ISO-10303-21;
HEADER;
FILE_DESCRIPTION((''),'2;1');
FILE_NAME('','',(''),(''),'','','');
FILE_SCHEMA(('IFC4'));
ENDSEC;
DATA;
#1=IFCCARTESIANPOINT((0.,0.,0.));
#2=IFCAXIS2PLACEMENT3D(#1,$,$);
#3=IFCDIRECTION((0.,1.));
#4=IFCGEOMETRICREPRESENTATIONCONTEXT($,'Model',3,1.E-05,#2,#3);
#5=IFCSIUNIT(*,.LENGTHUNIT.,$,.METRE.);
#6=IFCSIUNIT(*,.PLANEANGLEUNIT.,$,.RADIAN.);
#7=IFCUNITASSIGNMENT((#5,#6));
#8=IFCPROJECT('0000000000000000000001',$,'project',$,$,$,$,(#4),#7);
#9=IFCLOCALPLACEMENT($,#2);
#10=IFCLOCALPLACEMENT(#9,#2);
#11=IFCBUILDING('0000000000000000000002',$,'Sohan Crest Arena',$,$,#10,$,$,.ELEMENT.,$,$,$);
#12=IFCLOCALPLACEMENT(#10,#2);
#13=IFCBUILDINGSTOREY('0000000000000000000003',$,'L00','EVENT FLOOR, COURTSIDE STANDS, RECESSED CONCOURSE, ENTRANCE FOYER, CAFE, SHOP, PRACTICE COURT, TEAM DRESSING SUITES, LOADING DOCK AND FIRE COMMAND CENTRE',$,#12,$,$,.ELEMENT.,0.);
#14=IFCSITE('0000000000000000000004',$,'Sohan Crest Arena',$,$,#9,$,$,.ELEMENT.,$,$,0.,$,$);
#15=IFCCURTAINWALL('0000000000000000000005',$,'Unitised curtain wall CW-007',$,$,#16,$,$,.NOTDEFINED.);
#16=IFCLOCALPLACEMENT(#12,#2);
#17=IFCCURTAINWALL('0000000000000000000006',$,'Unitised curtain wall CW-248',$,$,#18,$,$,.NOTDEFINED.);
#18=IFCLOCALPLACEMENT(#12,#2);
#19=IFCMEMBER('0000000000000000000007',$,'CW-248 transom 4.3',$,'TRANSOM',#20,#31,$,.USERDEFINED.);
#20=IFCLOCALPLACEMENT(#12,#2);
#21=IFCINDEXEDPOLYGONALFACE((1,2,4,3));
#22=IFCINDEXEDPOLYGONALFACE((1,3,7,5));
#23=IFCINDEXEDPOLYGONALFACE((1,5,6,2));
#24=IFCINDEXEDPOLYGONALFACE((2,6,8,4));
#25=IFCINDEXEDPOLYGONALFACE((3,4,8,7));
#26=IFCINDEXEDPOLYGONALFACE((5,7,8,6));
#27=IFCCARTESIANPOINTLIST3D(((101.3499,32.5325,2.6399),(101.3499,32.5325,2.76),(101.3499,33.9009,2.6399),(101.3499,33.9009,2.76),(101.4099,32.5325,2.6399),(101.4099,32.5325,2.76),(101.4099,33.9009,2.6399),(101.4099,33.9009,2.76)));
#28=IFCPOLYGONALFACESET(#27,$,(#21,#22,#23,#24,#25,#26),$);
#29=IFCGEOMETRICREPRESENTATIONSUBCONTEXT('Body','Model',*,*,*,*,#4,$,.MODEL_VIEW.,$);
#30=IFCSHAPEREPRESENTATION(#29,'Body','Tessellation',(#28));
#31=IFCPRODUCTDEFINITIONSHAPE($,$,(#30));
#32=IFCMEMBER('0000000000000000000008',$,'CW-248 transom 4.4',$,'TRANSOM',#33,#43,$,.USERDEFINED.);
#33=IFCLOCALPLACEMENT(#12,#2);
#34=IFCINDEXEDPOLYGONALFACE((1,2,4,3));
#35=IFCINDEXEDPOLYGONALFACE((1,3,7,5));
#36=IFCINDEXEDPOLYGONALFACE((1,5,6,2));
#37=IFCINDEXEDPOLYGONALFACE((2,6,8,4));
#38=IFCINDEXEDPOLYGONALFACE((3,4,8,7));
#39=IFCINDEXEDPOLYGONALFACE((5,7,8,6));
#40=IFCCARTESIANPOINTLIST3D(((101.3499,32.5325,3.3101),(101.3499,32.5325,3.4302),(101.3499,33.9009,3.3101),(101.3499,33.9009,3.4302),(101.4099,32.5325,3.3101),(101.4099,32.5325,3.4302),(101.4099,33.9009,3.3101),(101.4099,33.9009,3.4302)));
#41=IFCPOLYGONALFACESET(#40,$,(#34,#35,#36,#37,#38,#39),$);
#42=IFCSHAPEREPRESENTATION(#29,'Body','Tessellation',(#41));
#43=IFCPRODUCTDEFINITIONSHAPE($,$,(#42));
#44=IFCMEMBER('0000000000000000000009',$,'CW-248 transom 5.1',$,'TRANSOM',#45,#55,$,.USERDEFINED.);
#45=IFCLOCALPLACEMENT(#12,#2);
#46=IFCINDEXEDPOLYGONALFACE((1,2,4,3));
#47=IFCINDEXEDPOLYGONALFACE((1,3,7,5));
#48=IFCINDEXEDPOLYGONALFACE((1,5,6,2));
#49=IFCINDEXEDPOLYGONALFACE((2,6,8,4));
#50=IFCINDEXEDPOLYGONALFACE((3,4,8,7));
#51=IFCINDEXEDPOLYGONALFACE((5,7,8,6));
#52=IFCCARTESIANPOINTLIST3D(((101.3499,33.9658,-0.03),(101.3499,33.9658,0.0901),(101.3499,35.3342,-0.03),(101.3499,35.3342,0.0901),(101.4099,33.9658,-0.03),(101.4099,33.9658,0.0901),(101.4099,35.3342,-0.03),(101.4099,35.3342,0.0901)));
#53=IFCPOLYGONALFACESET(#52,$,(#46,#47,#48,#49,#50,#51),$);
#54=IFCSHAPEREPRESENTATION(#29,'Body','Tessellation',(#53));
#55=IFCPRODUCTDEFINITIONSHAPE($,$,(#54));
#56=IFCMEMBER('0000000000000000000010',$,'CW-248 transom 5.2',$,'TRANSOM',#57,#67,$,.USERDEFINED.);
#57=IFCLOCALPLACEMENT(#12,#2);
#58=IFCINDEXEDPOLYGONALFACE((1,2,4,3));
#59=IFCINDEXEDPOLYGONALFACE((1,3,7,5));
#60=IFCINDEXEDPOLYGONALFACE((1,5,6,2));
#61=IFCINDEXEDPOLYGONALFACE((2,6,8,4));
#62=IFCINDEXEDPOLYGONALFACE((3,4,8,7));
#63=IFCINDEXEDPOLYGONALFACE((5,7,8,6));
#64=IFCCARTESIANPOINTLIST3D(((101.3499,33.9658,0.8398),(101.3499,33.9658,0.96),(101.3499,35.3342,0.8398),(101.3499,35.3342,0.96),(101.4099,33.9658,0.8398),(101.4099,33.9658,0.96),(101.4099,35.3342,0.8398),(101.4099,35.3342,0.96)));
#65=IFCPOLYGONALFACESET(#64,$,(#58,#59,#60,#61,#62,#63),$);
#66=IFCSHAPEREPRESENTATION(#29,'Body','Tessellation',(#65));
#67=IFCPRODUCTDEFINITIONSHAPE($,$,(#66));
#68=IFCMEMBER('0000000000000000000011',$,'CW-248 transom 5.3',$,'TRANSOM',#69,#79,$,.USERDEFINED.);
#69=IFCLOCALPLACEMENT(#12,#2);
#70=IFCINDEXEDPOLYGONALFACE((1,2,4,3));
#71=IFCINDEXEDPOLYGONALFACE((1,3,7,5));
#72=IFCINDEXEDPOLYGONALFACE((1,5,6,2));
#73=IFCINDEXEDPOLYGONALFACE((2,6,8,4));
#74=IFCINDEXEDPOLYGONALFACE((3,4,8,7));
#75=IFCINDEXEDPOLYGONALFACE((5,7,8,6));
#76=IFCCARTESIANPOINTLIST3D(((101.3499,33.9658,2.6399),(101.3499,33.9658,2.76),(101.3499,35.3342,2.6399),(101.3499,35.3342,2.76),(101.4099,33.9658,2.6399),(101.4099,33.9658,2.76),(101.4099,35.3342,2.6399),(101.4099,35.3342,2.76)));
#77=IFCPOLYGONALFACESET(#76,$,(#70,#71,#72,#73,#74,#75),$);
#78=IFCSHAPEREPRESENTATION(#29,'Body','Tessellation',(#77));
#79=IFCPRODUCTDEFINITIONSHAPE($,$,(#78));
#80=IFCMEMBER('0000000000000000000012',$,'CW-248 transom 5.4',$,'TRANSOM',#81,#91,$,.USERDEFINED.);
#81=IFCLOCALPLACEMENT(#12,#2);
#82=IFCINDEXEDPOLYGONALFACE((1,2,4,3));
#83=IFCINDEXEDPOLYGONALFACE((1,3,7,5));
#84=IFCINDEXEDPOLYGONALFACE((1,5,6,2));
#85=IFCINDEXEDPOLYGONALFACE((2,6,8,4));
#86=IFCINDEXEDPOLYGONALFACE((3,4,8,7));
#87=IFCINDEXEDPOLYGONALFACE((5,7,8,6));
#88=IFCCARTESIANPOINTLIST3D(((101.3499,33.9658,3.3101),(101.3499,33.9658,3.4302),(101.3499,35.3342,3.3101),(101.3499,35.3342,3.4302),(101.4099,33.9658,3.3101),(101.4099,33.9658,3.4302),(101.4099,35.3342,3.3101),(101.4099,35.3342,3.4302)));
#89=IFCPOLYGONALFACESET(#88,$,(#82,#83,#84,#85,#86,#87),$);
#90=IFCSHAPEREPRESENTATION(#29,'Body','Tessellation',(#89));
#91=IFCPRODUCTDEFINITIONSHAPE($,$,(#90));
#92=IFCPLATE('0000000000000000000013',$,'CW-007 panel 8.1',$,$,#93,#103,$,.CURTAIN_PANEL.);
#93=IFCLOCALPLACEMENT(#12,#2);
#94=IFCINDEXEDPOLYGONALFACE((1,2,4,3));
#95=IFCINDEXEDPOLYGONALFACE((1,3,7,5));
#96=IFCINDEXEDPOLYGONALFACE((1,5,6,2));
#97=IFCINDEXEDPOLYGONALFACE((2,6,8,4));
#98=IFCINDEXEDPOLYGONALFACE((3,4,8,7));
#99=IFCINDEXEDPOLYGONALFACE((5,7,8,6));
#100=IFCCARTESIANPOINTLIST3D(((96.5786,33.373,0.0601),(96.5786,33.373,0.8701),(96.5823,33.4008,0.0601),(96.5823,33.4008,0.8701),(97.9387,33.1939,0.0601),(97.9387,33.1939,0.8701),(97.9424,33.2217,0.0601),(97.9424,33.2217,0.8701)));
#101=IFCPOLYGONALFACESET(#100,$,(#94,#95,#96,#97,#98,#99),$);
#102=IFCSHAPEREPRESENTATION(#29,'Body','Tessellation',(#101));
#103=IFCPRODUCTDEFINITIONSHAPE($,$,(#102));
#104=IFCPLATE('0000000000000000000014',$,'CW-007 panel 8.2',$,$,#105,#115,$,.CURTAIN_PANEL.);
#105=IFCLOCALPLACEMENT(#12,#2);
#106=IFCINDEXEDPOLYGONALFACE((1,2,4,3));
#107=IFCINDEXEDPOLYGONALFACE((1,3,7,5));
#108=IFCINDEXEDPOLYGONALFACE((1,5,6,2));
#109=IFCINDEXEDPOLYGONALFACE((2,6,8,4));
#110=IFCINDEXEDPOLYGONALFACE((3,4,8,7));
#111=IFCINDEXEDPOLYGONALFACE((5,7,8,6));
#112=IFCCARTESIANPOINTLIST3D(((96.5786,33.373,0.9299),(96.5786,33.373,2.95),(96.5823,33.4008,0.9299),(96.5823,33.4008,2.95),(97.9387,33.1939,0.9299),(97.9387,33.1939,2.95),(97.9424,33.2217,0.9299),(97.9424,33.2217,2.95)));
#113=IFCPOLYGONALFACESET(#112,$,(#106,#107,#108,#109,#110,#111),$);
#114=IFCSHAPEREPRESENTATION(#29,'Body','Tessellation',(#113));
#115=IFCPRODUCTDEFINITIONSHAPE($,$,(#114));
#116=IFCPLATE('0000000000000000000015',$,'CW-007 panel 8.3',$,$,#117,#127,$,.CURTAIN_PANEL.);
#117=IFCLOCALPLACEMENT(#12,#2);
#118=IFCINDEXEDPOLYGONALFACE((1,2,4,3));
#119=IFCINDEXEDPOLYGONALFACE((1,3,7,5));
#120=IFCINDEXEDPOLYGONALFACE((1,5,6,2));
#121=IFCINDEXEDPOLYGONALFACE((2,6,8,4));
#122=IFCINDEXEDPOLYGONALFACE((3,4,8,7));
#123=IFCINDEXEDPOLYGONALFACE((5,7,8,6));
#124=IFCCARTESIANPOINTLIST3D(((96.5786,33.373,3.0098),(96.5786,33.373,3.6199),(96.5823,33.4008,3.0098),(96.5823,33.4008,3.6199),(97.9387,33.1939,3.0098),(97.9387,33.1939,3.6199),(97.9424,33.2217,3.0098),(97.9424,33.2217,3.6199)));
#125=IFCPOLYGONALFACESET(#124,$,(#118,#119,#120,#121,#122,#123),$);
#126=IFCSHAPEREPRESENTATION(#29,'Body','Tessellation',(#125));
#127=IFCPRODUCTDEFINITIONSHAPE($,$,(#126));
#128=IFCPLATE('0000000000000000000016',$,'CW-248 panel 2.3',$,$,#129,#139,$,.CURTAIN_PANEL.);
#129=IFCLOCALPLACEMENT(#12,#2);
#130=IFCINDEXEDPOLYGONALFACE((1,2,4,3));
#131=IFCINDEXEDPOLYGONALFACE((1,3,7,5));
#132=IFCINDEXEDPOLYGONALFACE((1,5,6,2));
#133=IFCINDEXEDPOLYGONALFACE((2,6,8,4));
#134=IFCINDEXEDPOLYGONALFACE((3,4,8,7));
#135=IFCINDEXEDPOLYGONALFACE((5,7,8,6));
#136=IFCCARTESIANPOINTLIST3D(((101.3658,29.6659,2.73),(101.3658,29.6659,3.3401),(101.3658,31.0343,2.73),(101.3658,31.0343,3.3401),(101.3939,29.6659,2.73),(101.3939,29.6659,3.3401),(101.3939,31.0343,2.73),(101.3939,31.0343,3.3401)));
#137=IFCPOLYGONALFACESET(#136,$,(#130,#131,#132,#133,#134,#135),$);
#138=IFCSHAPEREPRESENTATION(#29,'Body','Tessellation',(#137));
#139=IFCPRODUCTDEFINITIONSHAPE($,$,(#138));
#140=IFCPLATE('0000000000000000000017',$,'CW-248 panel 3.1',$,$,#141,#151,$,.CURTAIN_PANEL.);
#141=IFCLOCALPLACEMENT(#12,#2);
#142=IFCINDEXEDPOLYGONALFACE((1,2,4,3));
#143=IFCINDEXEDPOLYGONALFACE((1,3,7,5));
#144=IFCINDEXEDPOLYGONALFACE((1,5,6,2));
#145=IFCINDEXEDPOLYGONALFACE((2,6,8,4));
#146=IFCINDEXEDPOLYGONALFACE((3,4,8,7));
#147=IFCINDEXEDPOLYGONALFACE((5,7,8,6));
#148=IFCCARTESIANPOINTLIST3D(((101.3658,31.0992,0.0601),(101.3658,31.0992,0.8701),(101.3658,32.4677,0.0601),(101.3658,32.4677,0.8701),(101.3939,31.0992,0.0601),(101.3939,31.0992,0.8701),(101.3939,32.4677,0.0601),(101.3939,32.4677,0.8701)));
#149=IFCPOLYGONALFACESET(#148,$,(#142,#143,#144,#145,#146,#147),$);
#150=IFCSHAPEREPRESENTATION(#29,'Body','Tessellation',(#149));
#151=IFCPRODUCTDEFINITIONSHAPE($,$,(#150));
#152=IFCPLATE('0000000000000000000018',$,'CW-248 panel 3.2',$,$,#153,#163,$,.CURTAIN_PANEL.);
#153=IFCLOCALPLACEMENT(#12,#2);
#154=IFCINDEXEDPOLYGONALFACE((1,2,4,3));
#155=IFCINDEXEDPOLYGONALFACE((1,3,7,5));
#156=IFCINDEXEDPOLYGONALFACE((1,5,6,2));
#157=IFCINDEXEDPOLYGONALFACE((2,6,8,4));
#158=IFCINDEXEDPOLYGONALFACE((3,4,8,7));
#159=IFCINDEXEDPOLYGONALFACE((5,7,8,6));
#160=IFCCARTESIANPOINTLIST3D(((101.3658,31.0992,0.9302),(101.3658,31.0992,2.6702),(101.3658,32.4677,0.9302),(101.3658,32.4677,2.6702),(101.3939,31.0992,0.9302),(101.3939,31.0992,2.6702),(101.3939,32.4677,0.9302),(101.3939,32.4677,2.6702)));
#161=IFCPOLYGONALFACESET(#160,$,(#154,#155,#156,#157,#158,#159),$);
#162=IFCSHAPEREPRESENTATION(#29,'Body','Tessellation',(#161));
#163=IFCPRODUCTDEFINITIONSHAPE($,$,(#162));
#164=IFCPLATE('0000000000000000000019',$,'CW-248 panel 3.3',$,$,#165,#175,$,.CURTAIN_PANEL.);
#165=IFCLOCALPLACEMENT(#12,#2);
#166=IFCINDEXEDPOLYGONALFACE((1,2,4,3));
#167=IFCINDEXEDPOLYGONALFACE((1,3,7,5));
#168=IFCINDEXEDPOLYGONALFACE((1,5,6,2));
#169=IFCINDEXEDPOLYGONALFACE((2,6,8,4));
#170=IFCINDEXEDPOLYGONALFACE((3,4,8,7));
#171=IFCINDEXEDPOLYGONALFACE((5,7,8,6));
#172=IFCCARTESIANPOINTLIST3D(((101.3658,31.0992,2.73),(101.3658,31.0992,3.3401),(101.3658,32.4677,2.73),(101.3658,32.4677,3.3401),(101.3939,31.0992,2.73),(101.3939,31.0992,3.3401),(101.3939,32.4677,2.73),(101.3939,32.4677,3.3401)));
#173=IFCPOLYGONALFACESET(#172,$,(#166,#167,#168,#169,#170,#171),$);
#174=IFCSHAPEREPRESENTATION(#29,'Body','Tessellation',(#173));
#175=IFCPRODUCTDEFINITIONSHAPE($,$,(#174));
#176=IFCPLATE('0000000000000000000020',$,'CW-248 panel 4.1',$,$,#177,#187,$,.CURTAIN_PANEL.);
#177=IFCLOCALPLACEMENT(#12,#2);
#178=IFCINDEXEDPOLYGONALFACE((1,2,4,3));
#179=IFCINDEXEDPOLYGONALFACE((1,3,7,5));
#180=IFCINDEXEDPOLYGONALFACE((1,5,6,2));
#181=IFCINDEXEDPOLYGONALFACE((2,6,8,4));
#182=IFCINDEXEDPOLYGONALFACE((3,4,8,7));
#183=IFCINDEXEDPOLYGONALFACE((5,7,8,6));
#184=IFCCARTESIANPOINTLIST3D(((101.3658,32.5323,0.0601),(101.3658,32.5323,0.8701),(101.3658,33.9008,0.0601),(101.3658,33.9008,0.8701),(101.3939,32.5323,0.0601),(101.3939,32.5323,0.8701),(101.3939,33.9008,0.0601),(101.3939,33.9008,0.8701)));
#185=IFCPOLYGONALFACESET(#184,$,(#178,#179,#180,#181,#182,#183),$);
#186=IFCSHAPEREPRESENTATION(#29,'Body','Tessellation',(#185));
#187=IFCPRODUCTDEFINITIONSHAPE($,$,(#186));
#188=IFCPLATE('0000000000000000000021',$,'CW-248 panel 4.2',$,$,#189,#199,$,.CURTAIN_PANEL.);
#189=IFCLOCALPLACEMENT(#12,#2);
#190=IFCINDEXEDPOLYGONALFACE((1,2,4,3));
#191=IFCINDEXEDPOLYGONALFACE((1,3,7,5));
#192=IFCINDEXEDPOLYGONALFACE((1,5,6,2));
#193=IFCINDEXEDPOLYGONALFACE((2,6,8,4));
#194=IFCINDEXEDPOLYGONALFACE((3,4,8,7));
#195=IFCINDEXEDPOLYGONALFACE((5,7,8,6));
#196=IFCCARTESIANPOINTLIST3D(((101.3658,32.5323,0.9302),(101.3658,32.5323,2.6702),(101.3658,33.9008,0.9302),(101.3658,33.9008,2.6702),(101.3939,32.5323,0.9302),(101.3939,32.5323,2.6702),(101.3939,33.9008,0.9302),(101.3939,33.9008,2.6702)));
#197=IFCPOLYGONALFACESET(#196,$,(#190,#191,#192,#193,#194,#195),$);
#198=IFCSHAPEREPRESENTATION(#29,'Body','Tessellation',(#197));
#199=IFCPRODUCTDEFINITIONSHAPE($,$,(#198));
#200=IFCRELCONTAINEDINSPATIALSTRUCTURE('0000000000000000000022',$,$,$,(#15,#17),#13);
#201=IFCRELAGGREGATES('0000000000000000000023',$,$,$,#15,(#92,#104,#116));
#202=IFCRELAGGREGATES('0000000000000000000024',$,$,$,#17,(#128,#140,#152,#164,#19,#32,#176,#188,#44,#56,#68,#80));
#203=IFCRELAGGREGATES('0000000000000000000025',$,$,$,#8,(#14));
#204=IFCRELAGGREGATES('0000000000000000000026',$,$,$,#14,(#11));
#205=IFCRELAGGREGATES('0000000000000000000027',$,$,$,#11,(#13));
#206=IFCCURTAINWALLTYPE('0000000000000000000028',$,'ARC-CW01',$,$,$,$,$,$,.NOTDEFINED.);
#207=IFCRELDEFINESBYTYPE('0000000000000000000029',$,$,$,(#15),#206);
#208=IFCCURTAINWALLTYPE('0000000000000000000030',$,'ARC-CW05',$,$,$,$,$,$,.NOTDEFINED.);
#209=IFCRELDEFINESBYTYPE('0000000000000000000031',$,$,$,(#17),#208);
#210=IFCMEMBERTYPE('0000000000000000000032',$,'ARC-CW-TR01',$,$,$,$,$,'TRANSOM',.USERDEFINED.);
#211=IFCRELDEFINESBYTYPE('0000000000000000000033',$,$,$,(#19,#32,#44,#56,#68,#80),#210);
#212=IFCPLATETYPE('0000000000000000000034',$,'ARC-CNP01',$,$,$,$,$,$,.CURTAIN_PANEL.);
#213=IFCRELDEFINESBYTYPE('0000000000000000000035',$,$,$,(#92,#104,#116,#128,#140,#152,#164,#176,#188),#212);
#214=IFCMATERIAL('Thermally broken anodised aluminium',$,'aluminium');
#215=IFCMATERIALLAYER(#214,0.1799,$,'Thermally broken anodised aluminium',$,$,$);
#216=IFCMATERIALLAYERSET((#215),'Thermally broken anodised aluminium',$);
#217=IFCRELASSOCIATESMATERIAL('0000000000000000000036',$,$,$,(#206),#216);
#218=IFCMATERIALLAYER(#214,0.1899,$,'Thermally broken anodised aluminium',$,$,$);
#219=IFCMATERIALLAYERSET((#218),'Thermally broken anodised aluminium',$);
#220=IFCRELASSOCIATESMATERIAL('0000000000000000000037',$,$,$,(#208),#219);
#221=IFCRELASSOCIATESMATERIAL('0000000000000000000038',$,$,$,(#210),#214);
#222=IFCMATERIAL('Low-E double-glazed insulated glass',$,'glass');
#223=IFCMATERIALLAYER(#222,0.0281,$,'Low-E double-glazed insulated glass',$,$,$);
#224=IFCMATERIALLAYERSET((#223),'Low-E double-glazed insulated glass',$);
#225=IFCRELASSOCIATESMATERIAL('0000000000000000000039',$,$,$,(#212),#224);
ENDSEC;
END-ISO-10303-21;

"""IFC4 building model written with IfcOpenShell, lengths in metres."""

from ifc_helpers import new_model, si_unit, direction, frame, origin, origin_2d, place, context, subcontext, project, spatial, rectangle, extrude, material, layer, layer_set, material_profile, profile_set, type_object, element, aggregate, save


model = new_model("IFC4")

# Units and contexts
model_context = context("Model", 3, precision=1e-05, world=origin(), true_north=direction((0.0, 1.0)))
body_context = subcontext(model_context, "Body", "Model", "MODEL_VIEW")
ifc_project = project(units=[si_unit("LENGTHUNIT", "METRE"), si_unit("PLANEANGLEUNIT", "RADIAN")], contexts=[model_context])

# Site, building, storey
site_placement = place(None, origin())
site = spatial("IfcSite", under=ifc_project, at=site_placement, Name="Sohan Crest Arena", CompositionType="ELEMENT", RefElevation=0.0)
building_placement = place(site_placement, origin())
building = spatial("IfcBuilding", under=site, at=building_placement, Name="Sohan Crest Arena", CompositionType="ELEMENT")
storey_placement = place(building_placement, origin())
storey = spatial("IfcBuildingStorey", under=building, at=storey_placement, Name="L00", Description="EVENT FLOOR, COURTSIDE STANDS, RECESSED CONCOURSE, ENTRANCE FOYER, CAFE, SHOP, PRACTICE COURT, TEAM DRESSING SUITES, LOADING DOCK AND FIRE COMMAND CENTRE", CompositionType="ELEMENT", Elevation=0.0)

# Curtain wall
ifc_material_1 = material(Name="Thermally broken anodised aluminium", Category="aluminium")
ifc_layer_1 = layer(ifc_material_1, 0.1799, Name="Thermally broken anodised aluminium")
ifc_layer_set_1 = layer_set([ifc_layer_1], Name="Thermally broken anodised aluminium")
curtain_wall_type_1 = type_object("IfcCurtainWallType", Name="ARC-CW01", PredefinedType="NOTDEFINED", material=ifc_layer_set_1)
curtain_wall_1_placement = place(storey_placement, origin())
curtain_wall_1 = element("IfcCurtainWall", 1, at=curtain_wall_1_placement, inside=storey, type_object=curtain_wall_type_1, Name="Unitised curtain wall CW-007", PredefinedType="NOTDEFINED")

# Curtain wall
ifc_layer_2 = layer(ifc_material_1, 0.1899, Name="Thermally broken anodised aluminium")
ifc_layer_set_2 = layer_set([ifc_layer_2], Name="Thermally broken anodised aluminium")
curtain_wall_type_2 = type_object("IfcCurtainWallType", Name="ARC-CW05", PredefinedType="NOTDEFINED", material=ifc_layer_set_2)
curtain_wall_2_placement = place(storey_placement, origin())
curtain_wall_2 = element("IfcCurtainWall", 2, at=curtain_wall_2_placement, inside=storey, type_object=curtain_wall_type_2, Name="Unitised curtain wall CW-248", PredefinedType="NOTDEFINED")

# Members
ifc_material_profile_1 = material_profile(ifc_material_1, rectangle(XDim=0.0601, YDim=0.1201, at=origin_2d()), Name="ALU-TRAN 60x120")
ifc_profile_set_1 = profile_set([ifc_material_profile_1], Name="Thermally broken anodised aluminium")
member_type_1 = type_object("IfcMemberType", Name="ARC-CW-TR01", ElementType="TRANSOM", PredefinedType="USERDEFINED", material=ifc_profile_set_1)
member_1_placement = place(storey_placement, frame((101.3799, 32.5325, 2.7), z_axis=(0.0, 1.0, 0.0), x_axis=(-1.0, 0.0, 0.0)))
member_1 = element("IfcMember", 3, at=member_1_placement, type_object=member_type_1, Name="CW-248 transom 4.3", ObjectType="TRANSOM", PredefinedType="USERDEFINED", context=body_context, shape_type="SweptSolid", body=[
    extrude(rectangle(XDim=0.0601, YDim=0.1201, at=origin_2d()), origin(), (0.0, 0.0, 1.0), 1.3684),
])
member_2_placement = place(storey_placement, frame((101.3799, 32.5325, 3.3701), z_axis=(0.0, 1.0, 0.0), x_axis=(-1.0, 0.0, 0.0)))
member_2 = element("IfcMember", 4, at=member_2_placement, type_object=member_type_1, Name="CW-248 transom 4.4", ObjectType="TRANSOM", PredefinedType="USERDEFINED", context=body_context, shape_type="SweptSolid", body=[
    extrude(rectangle(XDim=0.0601, YDim=0.1201, at=origin_2d()), origin(), (0.0, 0.0, 1.0), 1.3684),
])
member_3_placement = place(storey_placement, frame((101.3799, 33.9658, 0.03), z_axis=(0.0, 1.0, 0.0), x_axis=(-1.0, 0.0, 0.0)))
member_3 = element("IfcMember", 5, at=member_3_placement, type_object=member_type_1, Name="CW-248 transom 5.1", ObjectType="TRANSOM", PredefinedType="USERDEFINED", context=body_context, shape_type="SweptSolid", body=[
    extrude(rectangle(XDim=0.0601, YDim=0.1201, at=origin_2d()), origin(), (0.0, 0.0, 1.0), 1.3684),
])
member_4_placement = place(storey_placement, frame((101.3799, 33.9658, 0.8999), z_axis=(0.0, 1.0, 0.0), x_axis=(-1.0, 0.0, 0.0)))
member_4 = element("IfcMember", 6, at=member_4_placement, type_object=member_type_1, Name="CW-248 transom 5.2", ObjectType="TRANSOM", PredefinedType="USERDEFINED", context=body_context, shape_type="SweptSolid", body=[
    extrude(rectangle(XDim=0.0601, YDim=0.1201, at=origin_2d()), origin(), (0.0, 0.0, 1.0), 1.3684),
])
member_5_placement = place(storey_placement, frame((101.3799, 33.9658, 2.7), z_axis=(0.0, 1.0, 0.0), x_axis=(-1.0, 0.0, 0.0)))
member_5 = element("IfcMember", 7, at=member_5_placement, type_object=member_type_1, Name="CW-248 transom 5.3", ObjectType="TRANSOM", PredefinedType="USERDEFINED", context=body_context, shape_type="SweptSolid", body=[
    extrude(rectangle(XDim=0.0601, YDim=0.1201, at=origin_2d()), origin(), (0.0, 0.0, 1.0), 1.3684),
])
member_6_placement = place(storey_placement, frame((101.3799, 33.9658, 3.3701), z_axis=(0.0, 1.0, 0.0), x_axis=(-1.0, 0.0, 0.0)))
member_6 = element("IfcMember", 8, at=member_6_placement, type_object=member_type_1, Name="CW-248 transom 5.4", ObjectType="TRANSOM", PredefinedType="USERDEFINED", context=body_context, shape_type="SweptSolid", body=[
    extrude(rectangle(XDim=0.0601, YDim=0.1201, at=origin_2d()), origin(), (0.0, 0.0, 1.0), 1.3684),
])

# Plates
ifc_material_2 = material(Name="Low-E double-glazed insulated glass", Category="glass")
ifc_layer_3 = layer(ifc_material_2, 0.0281, Name="Low-E double-glazed insulated glass")
ifc_layer_set_3 = layer_set([ifc_layer_3], Name="Low-E double-glazed insulated glass")
plate_type = type_object("IfcPlateType", Name="ARC-CNP01", PredefinedType="CURTAIN_PANEL", material=ifc_layer_set_3)
plate_1_placement = place(storey_placement, frame((97.2605, 33.2974, 0.0601), z_axis=(0.0, 0.0, 1.0), x_axis=(0.991439, -0.130567, 0.0)))
plate_1 = element("IfcPlate", 9, at=plate_1_placement, type_object=plate_type, Name="CW-007 panel 8.1", PredefinedType="CURTAIN_PANEL", context=body_context, shape_type="SweptSolid", body=[
    extrude(rectangle(XDim=1.3718, YDim=0.0281, at=origin_2d()), origin(), (0.0, 0.0, 1.0), 0.8101),
])
plate_2_placement = place(storey_placement, frame((97.2605, 33.2974, 0.9299), z_axis=(0.0, 0.0, 1.0), x_axis=(0.991439, -0.130567, 0.0)))
plate_2 = element("IfcPlate", 10, at=plate_2_placement, type_object=plate_type, Name="CW-007 panel 8.2", PredefinedType="CURTAIN_PANEL", context=body_context, shape_type="SweptSolid", body=[
    extrude(rectangle(XDim=1.3718, YDim=0.0281, at=origin_2d()), origin(), (0.0, 0.0, 1.0), 2.02),
])
plate_3_placement = place(storey_placement, frame((97.2605, 33.2974, 3.0098), z_axis=(0.0, 0.0, 1.0), x_axis=(0.991439, -0.130567, 0.0)))
plate_3 = element("IfcPlate", 11, at=plate_3_placement, type_object=plate_type, Name="CW-007 panel 8.3", PredefinedType="CURTAIN_PANEL", context=body_context, shape_type="SweptSolid", body=[
    extrude(rectangle(XDim=1.3718, YDim=0.0281, at=origin_2d()), origin(), (0.0, 0.0, 1.0), 0.6101),
])
aggregate(curtain_wall_1, [plate_1, plate_2, plate_3])
plate_4_placement = place(storey_placement, frame((101.3799, 30.3501, 2.73), z_axis=(0.0, 0.0, 1.0), x_axis=(0.0, 1.0, 0.0)))
plate_4 = element("IfcPlate", 12, at=plate_4_placement, type_object=plate_type, Name="CW-248 panel 2.3", PredefinedType="CURTAIN_PANEL", context=body_context, shape_type="SweptSolid", body=[
    extrude(rectangle(XDim=1.3684, YDim=0.0281, at=origin_2d()), origin(), (0.0, 0.0, 1.0), 0.6101),
])
plate_5_placement = place(storey_placement, frame((101.3799, 31.7834, 0.0601), z_axis=(0.0, 0.0, 1.0), x_axis=(0.0, 1.0, 0.0)))
plate_5 = element("IfcPlate", 13, at=plate_5_placement, type_object=plate_type, Name="CW-248 panel 3.1", PredefinedType="CURTAIN_PANEL", context=body_context, shape_type="SweptSolid", body=[
    extrude(rectangle(XDim=1.3684, YDim=0.0281, at=origin_2d()), origin(), (0.0, 0.0, 1.0), 0.8101),
])
plate_6_placement = place(storey_placement, frame((101.3799, 31.7834, 0.9302), z_axis=(0.0, 0.0, 1.0), x_axis=(0.0, 1.0, 0.0)))
plate_6 = element("IfcPlate", 14, at=plate_6_placement, type_object=plate_type, Name="CW-248 panel 3.2", PredefinedType="CURTAIN_PANEL", context=body_context, shape_type="SweptSolid", body=[
    extrude(rectangle(XDim=1.3684, YDim=0.0281, at=origin_2d()), origin(), (0.0, 0.0, 1.0), 1.74),
])
plate_7_placement = place(storey_placement, frame((101.3799, 31.7834, 2.73), z_axis=(0.0, 0.0, 1.0), x_axis=(0.0, 1.0, 0.0)))
plate_7 = element("IfcPlate", 15, at=plate_7_placement, type_object=plate_type, Name="CW-248 panel 3.3", PredefinedType="CURTAIN_PANEL", context=body_context, shape_type="SweptSolid", body=[
    extrude(rectangle(XDim=1.3684, YDim=0.0281, at=origin_2d()), origin(), (0.0, 0.0, 1.0), 0.6101),
])
plate_8_placement = place(storey_placement, frame((101.3799, 33.2166, 0.0601), z_axis=(0.0, 0.0, 1.0), x_axis=(0.0, 1.0, 0.0)))
plate_8 = element("IfcPlate", 16, at=plate_8_placement, type_object=plate_type, Name="CW-248 panel 4.1", PredefinedType="CURTAIN_PANEL", context=body_context, shape_type="SweptSolid", body=[
    extrude(rectangle(XDim=1.3684, YDim=0.0281, at=origin_2d()), origin(), (0.0, 0.0, 1.0), 0.8101),
])
plate_9_placement = place(storey_placement, frame((101.3799, 33.2166, 0.9302), z_axis=(0.0, 0.0, 1.0), x_axis=(0.0, 1.0, 0.0)))
plate_9 = element("IfcPlate", 17, at=plate_9_placement, type_object=plate_type, Name="CW-248 panel 4.2", PredefinedType="CURTAIN_PANEL", context=body_context, shape_type="SweptSolid", body=[
    extrude(rectangle(XDim=1.3684, YDim=0.0281, at=origin_2d()), origin(), (0.0, 0.0, 1.0), 1.74),
])
aggregate(curtain_wall_2, [plate_4, plate_5, plate_6, plate_7, member_1, member_2, plate_8, plate_9, member_3, member_4, member_5, member_6])

save(model, "model.ifc")
